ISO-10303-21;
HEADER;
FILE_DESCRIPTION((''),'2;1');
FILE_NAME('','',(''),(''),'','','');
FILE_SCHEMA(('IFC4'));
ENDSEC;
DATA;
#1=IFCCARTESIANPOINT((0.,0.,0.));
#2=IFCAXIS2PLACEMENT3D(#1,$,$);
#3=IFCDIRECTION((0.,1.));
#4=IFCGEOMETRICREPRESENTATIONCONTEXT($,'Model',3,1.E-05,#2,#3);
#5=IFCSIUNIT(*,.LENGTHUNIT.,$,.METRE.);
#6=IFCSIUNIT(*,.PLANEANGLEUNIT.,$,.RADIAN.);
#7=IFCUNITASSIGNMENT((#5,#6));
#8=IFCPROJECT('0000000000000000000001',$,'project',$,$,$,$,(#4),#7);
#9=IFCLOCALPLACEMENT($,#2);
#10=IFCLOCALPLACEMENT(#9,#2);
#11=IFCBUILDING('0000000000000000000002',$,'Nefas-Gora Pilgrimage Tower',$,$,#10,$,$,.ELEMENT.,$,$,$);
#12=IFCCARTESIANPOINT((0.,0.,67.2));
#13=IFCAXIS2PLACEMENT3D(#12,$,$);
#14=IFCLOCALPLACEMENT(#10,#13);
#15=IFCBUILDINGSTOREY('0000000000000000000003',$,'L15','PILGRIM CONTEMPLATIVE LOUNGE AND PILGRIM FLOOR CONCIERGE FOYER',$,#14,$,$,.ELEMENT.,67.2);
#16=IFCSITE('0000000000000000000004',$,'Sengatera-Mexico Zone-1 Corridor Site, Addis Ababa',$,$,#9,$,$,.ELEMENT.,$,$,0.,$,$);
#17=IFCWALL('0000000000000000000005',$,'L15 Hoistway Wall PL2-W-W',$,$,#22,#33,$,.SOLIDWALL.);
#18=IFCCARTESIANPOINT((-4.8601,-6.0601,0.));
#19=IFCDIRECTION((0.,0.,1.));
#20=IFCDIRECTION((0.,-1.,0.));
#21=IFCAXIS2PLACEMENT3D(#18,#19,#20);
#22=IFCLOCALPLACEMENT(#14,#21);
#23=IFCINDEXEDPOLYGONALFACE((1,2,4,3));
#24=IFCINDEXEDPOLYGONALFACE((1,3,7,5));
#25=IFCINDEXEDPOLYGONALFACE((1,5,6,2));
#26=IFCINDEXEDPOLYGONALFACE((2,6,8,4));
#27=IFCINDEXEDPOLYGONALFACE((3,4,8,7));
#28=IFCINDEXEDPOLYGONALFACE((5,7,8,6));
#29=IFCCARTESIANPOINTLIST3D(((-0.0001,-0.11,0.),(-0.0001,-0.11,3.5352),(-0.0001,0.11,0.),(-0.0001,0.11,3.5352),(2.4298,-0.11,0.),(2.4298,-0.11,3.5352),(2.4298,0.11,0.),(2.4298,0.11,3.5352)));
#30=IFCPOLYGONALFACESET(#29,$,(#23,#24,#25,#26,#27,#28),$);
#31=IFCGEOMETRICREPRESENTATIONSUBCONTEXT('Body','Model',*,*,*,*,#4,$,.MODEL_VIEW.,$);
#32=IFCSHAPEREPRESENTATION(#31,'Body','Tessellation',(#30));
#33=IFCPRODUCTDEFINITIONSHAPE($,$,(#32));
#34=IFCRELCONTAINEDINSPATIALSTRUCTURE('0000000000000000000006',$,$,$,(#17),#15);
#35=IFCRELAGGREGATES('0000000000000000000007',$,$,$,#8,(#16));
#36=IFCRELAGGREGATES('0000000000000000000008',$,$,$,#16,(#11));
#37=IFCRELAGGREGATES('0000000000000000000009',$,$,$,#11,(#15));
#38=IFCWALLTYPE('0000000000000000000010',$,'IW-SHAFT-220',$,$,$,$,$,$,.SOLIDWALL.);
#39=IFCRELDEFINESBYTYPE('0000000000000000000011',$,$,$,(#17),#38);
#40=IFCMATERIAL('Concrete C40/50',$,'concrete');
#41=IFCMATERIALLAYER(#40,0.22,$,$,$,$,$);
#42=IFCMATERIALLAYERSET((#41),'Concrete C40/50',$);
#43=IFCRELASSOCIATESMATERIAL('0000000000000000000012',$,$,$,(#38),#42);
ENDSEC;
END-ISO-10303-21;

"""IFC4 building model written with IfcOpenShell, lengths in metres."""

from ifc_helpers import new_model, si_unit, direction, frame, frame_2d, origin, place, context, subcontext, project, spatial, rectangle, extrude, source, transform, mapped, material, layer, layer_set, type_object, element, save


model = new_model("IFC4")

# Units and contexts
model_context = context("Model", 3, precision=1e-05, world=origin(), true_north=direction((0.0, 1.0)))
body_context = subcontext(model_context, "Body", "Model", "MODEL_VIEW")
ifc_project = project(units=[si_unit("LENGTHUNIT", "METRE"), si_unit("PLANEANGLEUNIT", "RADIAN")], contexts=[model_context])

# Site, building, storey
site_placement = place(None, origin())
site = spatial("IfcSite", under=ifc_project, at=site_placement, Name="Sengatera-Mexico Zone-1 Corridor Site, Addis Ababa", CompositionType="ELEMENT", RefElevation=0.0)
building_placement = place(site_placement, origin())
building = spatial("IfcBuilding", under=site, at=building_placement, Name="Nefas-Gora Pilgrimage Tower", CompositionType="ELEMENT")
storey_placement = place(building_placement, frame((0.0, 0.0, 67.2)))
storey = spatial("IfcBuildingStorey", under=building, at=storey_placement, Name="L15", Description="PILGRIM CONTEMPLATIVE LOUNGE AND PILGRIM FLOOR CONCIERGE FOYER", CompositionType="ELEMENT", Elevation=67.2)

# Wall
ifc_material_1 = material(Name="Concrete C40/50", Category="concrete")
ifc_layer_1 = layer(ifc_material_1, 0.22)
ifc_layer_set_1 = layer_set([ifc_layer_1], Name="Concrete C40/50")
wall_type_1 = type_object("IfcWallType", Name="IW-SHAFT-220", PredefinedType="SOLIDWALL", material=ifc_layer_set_1)
shared_shape_1 = source(origin(), body_context, "Body", "SweptSolid", [
    extrude(rectangle(XDim=2.4299, YDim=0.22, at=frame_2d((1.2148, 0.0))), origin(), (0.0, 0.0, 1.0), 3.5352),
])
for number, where, z_axis, x_axis, name in (
    (1, (-4.8601, -6.0601, 0.0), (0.0, 0.0, 1.0), (0.0, -1.0, 0.0), "L15 Hoistway Wall PL2-W-W"),
):
    element("IfcWall", number, at=place(storey_placement, frame(where, z_axis=z_axis, x_axis=x_axis)), inside=storey, type_object=wall_type_1, Name=name, PredefinedType="SOLIDWALL", context=body_context, shape_type="MappedRepresentation", body=[
        mapped(shared_shape_1, transform((0.0, 0.0, 0.0), x_axis=(1.0, 0.0, 0.0), y_axis=(0.0, 1.0, 0.0), z_axis=(0.0, 0.0, 1.0), scale=1.0)),
    ])

save(model, "model.ifc")
